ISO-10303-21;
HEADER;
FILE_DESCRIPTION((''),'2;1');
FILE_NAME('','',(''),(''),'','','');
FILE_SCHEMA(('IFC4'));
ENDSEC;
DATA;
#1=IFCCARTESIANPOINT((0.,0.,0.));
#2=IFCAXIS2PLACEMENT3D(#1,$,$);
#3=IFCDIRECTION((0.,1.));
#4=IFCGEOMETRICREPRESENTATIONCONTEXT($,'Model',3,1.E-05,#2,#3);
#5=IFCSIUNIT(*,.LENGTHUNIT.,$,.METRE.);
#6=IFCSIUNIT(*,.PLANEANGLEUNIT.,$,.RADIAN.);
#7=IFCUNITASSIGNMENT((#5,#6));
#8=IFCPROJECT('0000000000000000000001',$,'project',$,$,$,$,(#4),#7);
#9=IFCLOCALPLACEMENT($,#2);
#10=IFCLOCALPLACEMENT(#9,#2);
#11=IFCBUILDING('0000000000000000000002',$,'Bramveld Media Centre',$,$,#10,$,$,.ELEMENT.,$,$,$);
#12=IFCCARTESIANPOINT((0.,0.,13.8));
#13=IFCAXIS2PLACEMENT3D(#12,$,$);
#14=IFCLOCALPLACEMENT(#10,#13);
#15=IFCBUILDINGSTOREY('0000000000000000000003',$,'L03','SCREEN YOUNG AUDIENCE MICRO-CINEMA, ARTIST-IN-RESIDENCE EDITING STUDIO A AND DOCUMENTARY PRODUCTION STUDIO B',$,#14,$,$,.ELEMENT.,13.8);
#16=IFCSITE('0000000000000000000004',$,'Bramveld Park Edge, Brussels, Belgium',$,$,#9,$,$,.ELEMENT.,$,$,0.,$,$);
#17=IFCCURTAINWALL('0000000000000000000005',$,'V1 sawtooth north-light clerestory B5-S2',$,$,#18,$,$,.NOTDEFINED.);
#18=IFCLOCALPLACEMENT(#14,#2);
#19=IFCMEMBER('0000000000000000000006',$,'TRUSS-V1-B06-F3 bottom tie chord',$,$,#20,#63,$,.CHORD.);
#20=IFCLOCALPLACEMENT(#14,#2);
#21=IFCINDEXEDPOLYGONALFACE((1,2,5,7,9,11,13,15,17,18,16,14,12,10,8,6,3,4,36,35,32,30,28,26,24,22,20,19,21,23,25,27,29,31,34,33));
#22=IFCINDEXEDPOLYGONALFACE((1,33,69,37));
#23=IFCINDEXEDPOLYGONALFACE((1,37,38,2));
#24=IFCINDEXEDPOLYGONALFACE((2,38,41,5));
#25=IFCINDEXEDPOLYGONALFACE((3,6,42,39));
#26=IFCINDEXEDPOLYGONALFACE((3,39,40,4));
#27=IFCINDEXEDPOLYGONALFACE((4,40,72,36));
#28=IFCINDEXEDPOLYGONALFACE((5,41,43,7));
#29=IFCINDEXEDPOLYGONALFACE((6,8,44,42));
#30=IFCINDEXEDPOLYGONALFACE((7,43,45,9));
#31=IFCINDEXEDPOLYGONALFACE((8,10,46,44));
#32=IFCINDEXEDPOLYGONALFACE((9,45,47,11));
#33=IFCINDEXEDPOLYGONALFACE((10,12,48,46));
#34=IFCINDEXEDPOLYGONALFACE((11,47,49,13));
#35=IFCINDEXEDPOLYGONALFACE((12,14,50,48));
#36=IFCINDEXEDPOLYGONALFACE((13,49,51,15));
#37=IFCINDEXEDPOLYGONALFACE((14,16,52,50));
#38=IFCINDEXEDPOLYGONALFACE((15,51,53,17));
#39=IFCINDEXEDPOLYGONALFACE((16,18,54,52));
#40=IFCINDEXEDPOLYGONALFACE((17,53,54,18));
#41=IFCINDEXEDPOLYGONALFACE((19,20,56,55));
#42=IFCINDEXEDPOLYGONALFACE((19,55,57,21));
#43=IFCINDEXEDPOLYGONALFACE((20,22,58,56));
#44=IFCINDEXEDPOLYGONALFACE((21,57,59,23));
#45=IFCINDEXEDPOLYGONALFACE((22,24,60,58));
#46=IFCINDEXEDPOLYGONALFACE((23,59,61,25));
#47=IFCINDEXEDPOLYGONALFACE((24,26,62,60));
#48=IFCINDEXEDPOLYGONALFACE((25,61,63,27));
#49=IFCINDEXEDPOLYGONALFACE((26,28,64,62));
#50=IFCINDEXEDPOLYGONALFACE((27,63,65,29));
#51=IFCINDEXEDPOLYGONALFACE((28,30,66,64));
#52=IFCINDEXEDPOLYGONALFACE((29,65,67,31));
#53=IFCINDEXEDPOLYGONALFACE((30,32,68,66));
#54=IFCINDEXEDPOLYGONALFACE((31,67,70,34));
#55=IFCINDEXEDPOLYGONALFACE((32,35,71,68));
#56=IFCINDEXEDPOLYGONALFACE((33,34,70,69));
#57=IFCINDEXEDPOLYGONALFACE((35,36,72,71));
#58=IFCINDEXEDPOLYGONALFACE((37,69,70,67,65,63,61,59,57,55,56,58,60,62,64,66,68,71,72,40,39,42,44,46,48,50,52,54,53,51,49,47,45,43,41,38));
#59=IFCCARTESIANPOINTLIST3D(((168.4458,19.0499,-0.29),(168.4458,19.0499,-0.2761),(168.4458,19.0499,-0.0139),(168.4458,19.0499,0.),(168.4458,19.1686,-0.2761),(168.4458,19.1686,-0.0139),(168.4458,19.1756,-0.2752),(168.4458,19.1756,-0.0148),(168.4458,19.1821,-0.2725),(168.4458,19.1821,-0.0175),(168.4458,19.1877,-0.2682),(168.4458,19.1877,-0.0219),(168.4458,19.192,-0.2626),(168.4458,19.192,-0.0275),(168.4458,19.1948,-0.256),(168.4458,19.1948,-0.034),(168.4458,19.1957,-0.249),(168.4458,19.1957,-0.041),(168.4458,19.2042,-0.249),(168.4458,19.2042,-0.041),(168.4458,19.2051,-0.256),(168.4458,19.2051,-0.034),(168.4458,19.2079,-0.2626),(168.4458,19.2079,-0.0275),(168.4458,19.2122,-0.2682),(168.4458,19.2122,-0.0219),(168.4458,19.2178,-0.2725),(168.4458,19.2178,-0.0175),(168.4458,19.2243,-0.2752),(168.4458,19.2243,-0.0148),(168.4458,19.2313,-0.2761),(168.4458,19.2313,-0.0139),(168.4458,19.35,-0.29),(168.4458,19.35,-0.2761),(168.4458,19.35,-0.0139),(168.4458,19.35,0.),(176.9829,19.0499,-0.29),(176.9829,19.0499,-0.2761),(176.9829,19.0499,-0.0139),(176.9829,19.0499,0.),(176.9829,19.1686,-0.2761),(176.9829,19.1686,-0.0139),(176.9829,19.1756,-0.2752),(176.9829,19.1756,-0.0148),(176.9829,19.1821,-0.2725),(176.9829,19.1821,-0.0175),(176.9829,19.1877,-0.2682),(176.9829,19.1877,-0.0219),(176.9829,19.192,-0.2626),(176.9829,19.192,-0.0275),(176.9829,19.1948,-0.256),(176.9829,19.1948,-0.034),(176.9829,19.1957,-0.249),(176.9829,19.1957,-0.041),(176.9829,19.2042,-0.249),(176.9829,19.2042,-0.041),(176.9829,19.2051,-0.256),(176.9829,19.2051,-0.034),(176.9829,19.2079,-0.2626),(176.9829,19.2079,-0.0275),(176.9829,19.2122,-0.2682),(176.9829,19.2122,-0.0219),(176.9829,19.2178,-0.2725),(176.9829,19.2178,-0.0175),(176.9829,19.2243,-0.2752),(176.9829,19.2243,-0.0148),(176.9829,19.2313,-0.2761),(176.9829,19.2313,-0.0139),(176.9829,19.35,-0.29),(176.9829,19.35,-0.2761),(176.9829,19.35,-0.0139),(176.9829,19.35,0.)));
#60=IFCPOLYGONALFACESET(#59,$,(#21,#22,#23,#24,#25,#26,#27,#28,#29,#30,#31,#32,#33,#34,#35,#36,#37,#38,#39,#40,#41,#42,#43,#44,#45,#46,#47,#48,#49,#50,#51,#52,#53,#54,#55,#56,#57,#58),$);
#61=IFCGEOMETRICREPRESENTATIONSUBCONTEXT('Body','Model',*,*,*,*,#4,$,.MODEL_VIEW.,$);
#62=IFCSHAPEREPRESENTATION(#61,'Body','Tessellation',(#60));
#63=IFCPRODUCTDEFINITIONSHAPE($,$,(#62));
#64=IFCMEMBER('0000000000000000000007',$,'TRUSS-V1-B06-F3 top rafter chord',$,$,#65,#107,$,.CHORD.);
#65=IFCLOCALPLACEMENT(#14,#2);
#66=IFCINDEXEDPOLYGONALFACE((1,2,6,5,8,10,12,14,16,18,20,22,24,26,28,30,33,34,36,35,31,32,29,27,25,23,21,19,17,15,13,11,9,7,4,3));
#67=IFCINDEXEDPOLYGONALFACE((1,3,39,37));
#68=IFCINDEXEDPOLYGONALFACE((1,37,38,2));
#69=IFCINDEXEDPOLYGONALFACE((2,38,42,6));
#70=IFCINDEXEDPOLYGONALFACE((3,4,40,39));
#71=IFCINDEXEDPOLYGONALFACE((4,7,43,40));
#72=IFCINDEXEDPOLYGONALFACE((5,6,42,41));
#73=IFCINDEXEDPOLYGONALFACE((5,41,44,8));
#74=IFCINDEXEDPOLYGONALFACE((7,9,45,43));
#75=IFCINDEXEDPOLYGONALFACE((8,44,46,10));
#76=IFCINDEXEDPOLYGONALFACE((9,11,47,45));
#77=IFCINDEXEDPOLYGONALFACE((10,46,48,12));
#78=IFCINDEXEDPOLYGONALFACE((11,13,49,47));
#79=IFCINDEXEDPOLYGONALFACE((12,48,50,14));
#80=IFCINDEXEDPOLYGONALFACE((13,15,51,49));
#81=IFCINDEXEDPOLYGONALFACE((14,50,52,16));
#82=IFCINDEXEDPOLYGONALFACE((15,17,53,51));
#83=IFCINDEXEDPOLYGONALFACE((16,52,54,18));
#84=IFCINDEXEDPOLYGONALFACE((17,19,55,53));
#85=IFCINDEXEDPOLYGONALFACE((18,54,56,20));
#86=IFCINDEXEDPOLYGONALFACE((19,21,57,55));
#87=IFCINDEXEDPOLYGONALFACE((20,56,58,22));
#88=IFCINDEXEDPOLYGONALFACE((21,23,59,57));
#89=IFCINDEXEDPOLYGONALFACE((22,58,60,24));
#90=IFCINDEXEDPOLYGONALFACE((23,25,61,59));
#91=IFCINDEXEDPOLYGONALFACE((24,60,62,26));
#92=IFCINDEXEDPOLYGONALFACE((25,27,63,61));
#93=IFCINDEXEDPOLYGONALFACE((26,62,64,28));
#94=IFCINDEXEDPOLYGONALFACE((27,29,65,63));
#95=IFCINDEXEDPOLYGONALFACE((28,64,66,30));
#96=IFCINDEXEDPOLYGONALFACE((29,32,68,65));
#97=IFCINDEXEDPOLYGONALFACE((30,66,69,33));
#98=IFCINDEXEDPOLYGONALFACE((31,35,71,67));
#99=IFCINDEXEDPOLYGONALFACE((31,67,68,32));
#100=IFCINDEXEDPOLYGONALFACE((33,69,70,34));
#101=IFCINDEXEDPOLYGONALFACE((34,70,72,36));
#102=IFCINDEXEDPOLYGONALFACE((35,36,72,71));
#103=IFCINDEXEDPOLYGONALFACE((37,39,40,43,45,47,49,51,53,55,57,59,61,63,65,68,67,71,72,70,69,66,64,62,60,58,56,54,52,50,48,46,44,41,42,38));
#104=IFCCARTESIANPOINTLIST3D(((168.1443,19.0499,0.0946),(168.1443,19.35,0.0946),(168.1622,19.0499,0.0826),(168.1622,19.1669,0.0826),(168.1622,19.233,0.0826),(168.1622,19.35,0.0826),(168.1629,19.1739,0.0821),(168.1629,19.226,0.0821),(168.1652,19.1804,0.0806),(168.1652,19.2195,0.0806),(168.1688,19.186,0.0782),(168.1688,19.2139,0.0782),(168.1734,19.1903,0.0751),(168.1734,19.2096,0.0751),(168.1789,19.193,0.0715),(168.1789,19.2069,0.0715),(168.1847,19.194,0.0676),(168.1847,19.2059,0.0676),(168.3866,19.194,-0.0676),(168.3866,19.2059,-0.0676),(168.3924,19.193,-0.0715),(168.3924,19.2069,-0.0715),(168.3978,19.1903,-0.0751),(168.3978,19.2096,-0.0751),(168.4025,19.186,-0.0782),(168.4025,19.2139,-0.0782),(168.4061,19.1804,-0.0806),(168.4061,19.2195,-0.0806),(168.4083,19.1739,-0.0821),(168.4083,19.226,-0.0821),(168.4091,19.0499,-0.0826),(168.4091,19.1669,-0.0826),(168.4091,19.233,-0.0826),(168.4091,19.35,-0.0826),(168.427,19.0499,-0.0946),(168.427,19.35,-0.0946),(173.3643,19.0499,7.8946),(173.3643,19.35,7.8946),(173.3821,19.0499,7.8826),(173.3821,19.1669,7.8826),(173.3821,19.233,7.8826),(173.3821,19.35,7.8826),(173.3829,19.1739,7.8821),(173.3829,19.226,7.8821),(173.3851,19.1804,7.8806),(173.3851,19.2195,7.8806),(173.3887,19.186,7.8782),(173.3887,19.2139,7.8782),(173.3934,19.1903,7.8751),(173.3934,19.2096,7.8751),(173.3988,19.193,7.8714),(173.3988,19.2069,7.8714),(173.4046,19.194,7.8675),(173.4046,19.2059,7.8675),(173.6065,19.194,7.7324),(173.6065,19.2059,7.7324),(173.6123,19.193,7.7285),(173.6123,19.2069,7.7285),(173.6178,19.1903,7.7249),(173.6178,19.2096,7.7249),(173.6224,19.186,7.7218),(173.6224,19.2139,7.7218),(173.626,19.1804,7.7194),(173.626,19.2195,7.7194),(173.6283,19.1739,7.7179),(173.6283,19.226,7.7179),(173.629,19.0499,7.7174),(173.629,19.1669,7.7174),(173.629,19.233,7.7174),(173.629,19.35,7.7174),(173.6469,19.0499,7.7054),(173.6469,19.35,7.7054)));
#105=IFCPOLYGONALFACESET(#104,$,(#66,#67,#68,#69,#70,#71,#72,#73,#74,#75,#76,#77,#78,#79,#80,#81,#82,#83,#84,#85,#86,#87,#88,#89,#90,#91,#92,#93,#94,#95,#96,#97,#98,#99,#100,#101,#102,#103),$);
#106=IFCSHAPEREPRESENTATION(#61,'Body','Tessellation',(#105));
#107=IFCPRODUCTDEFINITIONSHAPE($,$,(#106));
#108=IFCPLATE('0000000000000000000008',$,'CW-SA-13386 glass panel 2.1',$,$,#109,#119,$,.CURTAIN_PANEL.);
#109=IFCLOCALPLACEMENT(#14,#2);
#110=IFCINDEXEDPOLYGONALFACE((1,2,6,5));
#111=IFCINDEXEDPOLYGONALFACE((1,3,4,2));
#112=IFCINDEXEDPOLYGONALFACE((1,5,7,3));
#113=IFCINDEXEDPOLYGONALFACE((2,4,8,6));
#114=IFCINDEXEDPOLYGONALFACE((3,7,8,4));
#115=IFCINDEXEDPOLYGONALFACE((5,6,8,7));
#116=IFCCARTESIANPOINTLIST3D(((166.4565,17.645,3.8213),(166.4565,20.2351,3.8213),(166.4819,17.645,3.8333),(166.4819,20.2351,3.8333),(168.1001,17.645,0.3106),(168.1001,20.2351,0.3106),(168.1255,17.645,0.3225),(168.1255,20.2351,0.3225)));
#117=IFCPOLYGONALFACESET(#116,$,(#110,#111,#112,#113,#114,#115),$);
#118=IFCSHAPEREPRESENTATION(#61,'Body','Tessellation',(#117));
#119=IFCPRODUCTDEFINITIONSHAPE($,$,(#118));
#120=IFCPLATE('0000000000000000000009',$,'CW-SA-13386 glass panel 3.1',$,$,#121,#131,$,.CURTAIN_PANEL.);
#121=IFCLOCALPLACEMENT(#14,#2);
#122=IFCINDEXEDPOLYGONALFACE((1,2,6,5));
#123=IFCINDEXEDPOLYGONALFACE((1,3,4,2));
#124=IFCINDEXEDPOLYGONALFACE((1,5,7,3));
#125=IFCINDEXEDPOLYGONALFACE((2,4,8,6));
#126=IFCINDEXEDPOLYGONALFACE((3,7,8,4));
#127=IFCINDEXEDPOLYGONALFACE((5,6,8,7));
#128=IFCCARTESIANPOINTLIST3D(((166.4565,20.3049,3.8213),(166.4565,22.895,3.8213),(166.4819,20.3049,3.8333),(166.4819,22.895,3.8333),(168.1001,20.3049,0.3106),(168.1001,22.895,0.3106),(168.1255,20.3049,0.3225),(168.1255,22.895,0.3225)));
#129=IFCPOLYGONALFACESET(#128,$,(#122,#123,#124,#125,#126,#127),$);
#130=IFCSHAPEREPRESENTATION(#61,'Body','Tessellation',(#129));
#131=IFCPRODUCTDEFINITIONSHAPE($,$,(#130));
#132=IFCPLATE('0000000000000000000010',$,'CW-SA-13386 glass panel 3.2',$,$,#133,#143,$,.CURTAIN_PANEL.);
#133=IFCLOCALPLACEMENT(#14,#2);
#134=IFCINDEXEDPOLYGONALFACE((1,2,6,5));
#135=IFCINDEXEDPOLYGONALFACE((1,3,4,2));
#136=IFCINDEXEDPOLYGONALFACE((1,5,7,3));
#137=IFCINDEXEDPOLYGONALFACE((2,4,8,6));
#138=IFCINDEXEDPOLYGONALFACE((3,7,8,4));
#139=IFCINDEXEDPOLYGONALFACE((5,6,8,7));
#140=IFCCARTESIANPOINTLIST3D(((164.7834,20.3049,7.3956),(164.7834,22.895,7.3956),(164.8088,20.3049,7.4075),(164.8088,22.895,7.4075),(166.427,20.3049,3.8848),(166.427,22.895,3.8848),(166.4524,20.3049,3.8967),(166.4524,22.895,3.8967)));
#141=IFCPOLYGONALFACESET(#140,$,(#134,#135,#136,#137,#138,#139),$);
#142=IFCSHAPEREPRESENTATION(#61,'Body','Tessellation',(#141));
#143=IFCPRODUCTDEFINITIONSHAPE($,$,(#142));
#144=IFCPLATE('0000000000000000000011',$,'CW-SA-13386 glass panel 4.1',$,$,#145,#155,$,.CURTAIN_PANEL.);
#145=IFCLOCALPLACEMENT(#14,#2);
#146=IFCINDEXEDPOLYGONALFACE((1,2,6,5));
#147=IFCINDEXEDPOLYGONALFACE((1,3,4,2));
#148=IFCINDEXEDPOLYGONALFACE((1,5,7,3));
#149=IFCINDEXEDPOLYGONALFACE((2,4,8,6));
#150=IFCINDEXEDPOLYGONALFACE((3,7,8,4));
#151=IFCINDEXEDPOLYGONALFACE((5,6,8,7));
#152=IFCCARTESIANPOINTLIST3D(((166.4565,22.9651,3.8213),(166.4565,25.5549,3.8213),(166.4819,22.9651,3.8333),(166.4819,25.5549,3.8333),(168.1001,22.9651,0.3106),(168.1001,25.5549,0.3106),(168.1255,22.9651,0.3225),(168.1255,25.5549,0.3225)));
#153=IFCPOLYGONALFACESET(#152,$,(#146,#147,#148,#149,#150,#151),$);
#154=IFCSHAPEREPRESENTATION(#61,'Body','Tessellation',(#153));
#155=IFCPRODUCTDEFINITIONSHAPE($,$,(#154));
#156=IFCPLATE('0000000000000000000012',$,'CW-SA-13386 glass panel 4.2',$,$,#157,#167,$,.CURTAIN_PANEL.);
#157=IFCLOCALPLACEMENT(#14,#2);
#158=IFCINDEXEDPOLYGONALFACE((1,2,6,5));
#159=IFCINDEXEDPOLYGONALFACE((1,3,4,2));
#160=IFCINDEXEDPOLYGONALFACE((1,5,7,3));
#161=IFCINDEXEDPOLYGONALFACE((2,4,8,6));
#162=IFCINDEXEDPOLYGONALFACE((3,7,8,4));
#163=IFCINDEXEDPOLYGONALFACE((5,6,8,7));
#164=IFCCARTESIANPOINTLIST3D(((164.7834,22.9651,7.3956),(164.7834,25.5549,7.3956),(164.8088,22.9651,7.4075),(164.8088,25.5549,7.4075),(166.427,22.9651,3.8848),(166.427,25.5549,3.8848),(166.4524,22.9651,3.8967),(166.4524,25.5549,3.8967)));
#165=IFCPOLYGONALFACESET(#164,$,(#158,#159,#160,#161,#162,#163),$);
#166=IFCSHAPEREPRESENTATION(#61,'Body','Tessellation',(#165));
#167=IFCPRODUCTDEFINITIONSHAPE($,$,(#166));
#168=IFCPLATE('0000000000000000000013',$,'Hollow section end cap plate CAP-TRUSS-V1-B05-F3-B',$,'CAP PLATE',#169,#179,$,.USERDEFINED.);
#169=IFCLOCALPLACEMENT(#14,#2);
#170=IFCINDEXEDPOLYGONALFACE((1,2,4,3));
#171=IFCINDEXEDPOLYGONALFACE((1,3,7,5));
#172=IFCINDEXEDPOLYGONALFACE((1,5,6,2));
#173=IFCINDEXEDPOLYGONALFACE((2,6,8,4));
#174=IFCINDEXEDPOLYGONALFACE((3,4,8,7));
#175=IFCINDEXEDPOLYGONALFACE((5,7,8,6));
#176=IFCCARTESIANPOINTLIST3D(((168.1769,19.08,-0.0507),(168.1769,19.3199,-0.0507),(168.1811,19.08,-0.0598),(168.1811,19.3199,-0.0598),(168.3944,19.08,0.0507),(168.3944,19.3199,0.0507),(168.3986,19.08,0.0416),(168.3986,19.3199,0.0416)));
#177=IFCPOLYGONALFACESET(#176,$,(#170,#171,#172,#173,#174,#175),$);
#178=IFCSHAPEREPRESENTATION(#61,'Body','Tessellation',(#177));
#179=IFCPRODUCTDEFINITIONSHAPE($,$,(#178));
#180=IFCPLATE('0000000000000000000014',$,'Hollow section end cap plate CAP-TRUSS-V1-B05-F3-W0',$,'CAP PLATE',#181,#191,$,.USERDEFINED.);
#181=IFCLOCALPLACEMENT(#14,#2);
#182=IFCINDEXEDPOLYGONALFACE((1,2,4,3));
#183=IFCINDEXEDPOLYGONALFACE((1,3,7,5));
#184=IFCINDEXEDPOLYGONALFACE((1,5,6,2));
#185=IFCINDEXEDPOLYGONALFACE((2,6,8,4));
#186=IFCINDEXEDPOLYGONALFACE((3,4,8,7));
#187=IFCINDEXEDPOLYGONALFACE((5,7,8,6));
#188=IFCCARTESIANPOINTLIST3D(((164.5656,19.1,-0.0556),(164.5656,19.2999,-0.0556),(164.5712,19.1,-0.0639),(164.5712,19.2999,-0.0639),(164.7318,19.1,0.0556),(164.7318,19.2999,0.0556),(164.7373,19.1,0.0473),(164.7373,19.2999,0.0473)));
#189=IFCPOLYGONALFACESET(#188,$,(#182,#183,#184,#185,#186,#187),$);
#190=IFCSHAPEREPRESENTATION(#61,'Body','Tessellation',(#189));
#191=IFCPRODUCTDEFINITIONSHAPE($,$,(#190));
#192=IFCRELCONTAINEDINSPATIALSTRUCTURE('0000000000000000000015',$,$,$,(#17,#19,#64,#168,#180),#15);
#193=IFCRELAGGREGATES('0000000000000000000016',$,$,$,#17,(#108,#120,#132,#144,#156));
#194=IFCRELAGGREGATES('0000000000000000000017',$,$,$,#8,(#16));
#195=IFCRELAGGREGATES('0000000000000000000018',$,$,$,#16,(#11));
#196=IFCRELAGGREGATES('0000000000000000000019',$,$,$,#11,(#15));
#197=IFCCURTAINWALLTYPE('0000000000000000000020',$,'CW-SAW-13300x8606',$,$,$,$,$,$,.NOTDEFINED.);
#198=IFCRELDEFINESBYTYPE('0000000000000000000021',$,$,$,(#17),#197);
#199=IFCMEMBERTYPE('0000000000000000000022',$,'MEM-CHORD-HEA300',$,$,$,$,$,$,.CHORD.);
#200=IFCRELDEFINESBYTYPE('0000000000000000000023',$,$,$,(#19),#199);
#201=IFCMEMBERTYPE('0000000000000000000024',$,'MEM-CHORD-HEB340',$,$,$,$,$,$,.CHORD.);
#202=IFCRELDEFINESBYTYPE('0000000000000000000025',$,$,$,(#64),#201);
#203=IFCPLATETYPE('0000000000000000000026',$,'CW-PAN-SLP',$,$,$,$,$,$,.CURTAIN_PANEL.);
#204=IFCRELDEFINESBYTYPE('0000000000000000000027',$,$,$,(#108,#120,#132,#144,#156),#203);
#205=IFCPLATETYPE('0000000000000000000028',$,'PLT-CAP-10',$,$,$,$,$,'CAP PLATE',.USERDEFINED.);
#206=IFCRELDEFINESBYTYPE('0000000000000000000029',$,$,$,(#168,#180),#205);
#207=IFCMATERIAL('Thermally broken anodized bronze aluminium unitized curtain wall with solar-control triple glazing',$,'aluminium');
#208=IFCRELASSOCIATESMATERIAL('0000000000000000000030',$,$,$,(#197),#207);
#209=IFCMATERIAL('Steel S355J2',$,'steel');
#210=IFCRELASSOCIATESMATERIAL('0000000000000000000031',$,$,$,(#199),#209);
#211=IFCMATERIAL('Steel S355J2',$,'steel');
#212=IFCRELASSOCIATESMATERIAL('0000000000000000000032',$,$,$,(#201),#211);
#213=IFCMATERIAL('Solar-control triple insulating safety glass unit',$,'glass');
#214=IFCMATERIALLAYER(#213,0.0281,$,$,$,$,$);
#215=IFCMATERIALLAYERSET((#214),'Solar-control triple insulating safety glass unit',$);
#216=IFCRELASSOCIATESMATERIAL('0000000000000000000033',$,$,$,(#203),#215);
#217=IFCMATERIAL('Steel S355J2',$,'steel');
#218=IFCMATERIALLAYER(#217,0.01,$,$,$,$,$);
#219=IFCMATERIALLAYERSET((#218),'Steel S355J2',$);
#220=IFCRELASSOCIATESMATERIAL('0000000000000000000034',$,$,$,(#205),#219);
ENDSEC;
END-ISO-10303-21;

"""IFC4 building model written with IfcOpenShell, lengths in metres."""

from ifc_helpers import new_model, si_unit, direction, frame, origin, origin_2d, place, context, subcontext, project, spatial, polyline, rectangle, i_section, outline, extrude, material, layer, layer_set, material_profile, profile_set, type_object, element, aggregate, save


model = new_model("IFC4")

# Units and contexts
model_context = context("Model", 3, precision=1e-05, world=origin(), true_north=direction((0.0, 1.0)))
body_context = subcontext(model_context, "Body", "Model", "MODEL_VIEW")
ifc_project = project(units=[si_unit("LENGTHUNIT", "METRE"), si_unit("PLANEANGLEUNIT", "RADIAN")], contexts=[model_context])

# Site, building, storey
site_placement = place(None, origin())
site = spatial("IfcSite", under=ifc_project, at=site_placement, Name="Bramveld Park Edge, Brussels, Belgium", CompositionType="ELEMENT", RefElevation=0.0)
building_placement = place(site_placement, origin())
building = spatial("IfcBuilding", under=site, at=building_placement, Name="Bramveld Media Centre", CompositionType="ELEMENT")
storey_placement = place(building_placement, frame((0.0, 0.0, 13.8)))
storey = spatial("IfcBuildingStorey", under=building, at=storey_placement, Name="L03", Description="SCREEN YOUNG AUDIENCE MICRO-CINEMA, ARTIST-IN-RESIDENCE EDITING STUDIO A AND DOCUMENTARY PRODUCTION STUDIO B", CompositionType="ELEMENT", Elevation=13.8)

# Curtain wall
ifc_material_1 = material(Name="Thermally broken anodized bronze aluminium unitized curtain wall with solar-control triple glazing", Category="aluminium")
curtain_wall_type = type_object("IfcCurtainWallType", Name="CW-SAW-13300x8606", PredefinedType="NOTDEFINED", material=ifc_material_1)
curtain_wall_placement = place(storey_placement, origin())
curtain_wall = element("IfcCurtainWall", 1, at=curtain_wall_placement, inside=storey, type_object=curtain_wall_type, Name="V1 sawtooth north-light clerestory B5-S2", PredefinedType="NOTDEFINED")

# Members
ifc_material_2 = material(Name="Steel S355J2", Category="steel")
ifc_material_profile_1 = material_profile(ifc_material_2, i_section(OverallWidth=0.3, OverallDepth=0.29, WebThickness=0.0085, FlangeThickness=0.0139, FilletRadius=0.0271, at=origin_2d()), Name="HEA 300")
ifc_profile_set_1 = profile_set([ifc_material_profile_1], Name="Steel S355J2")
member_type_1 = type_object("IfcMemberType", Name="MEM-CHORD-HEA300", PredefinedType="CHORD", material=ifc_profile_set_1)
member_1_placement = place(storey_placement, frame((168.4458, 19.2, -0.145), z_axis=(1.0, 0.0, 0.0), x_axis=(0.0, 1.0, 0.0)))
element("IfcMember", 2, at=member_1_placement, inside=storey, type_object=member_type_1, Name="TRUSS-V1-B06-F3 bottom tie chord", PredefinedType="CHORD", context=body_context, shape_type="SweptSolid", body=[
    extrude(i_section(OverallWidth=0.3, OverallDepth=0.29, WebThickness=0.0085, FlangeThickness=0.0139, FilletRadius=0.0271, at=origin_2d()), origin(), (0.0, 0.0, 1.0), 8.5371),
])
ifc_material_3 = material(Name="Steel S355J2", Category="steel")
ifc_material_profile_2 = material_profile(ifc_material_3, i_section(OverallWidth=0.3, OverallDepth=0.3401, WebThickness=0.012, FlangeThickness=0.0215, FilletRadius=0.0271, at=origin_2d()), Name="HEB 340")
ifc_profile_set_2 = profile_set([ifc_material_profile_2], Name="Steel S355J2")
member_type_2 = type_object("IfcMemberType", Name="MEM-CHORD-HEB340", PredefinedType="CHORD", material=ifc_profile_set_2)
member_2_placement = place(storey_placement, frame((168.2856, 19.2, 0.0), z_axis=(0.55617, 0.0, 0.831069), x_axis=(0.0, 1.0, 0.0)))
element("IfcMember", 3, at=member_2_placement, inside=storey, type_object=member_type_2, Name="TRUSS-V1-B06-F3 top rafter chord", PredefinedType="CHORD", context=body_context, shape_type="SweptSolid", body=[
    extrude(i_section(OverallWidth=0.3, OverallDepth=0.3401, WebThickness=0.012, FlangeThickness=0.0215, FilletRadius=0.0271, at=origin_2d()), origin(), (0.0, 0.0, 1.0), 9.3855),
])

# Plates
ifc_material_4 = material(Name="Solar-control triple insulating safety glass unit", Category="glass")
ifc_layer_1 = layer(ifc_material_4, 0.0281)
ifc_layer_set_1 = layer_set([ifc_layer_1], Name="Solar-control triple insulating safety glass unit")
plate_type_1 = type_object("IfcPlateType", Name="CW-PAN-SLP", PredefinedType="CURTAIN_PANEL", material=ifc_layer_set_1)
plate_1_placement = place(storey_placement, frame((168.1255, 17.645, 0.3225), z_axis=(0.905668, 0.0, 0.423988), x_axis=(0.0, 1.0, 0.0)))
plate_1 = element("IfcPlate", 4, at=plate_1_placement, type_object=plate_type_1, Name="CW-SA-13386 glass panel 2.1", PredefinedType="CURTAIN_PANEL", context=body_context, shape_type="SweptSolid", body=[
    extrude(outline(polyline([(0.0, 0.0), (2.5901, 0.0), (2.5901, 3.8764), (0.0, 3.8764), (0.0, 0.0)])), origin(), (0.0, 0.0, -1.0), 0.0281),
])
plate_2_placement = place(storey_placement, frame((168.1255, 20.3049, 0.3225), z_axis=(0.905668, 0.0, 0.423988), x_axis=(0.0, 1.0, 0.0)))
plate_2 = element("IfcPlate", 5, at=plate_2_placement, type_object=plate_type_1, Name="CW-SA-13386 glass panel 3.1", PredefinedType="CURTAIN_PANEL", context=body_context, shape_type="SweptSolid", body=[
    extrude(outline(polyline([(0.0, 0.0), (2.5901, 0.0), (2.5901, 3.8764), (0.0, 3.8764), (0.0, 0.0)])), origin(), (0.0, 0.0, -1.0), 0.0281),
])
plate_3_placement = place(storey_placement, frame((166.4524, 20.3049, 3.8967), z_axis=(0.905668, 0.0, 0.423988), x_axis=(0.0, 1.0, 0.0)))
plate_3 = element("IfcPlate", 6, at=plate_3_placement, type_object=plate_type_1, Name="CW-SA-13386 glass panel 3.2", PredefinedType="CURTAIN_PANEL", context=body_context, shape_type="SweptSolid", body=[
    extrude(outline(polyline([(0.0, 0.0), (2.5901, 0.0), (2.5901, 3.8764), (0.0, 3.8764), (0.0, 0.0)])), origin(), (0.0, 0.0, -1.0), 0.0281),
])
plate_4_placement = place(storey_placement, frame((168.1255, 22.9651, 0.3225), z_axis=(0.905668, 0.0, 0.423988), x_axis=(0.0, 1.0, 0.0)))
plate_4 = element("IfcPlate", 7, at=plate_4_placement, type_object=plate_type_1, Name="CW-SA-13386 glass panel 4.1", PredefinedType="CURTAIN_PANEL", context=body_context, shape_type="SweptSolid", body=[
    extrude(outline(polyline([(0.0, 0.0), (2.5898, 0.0), (2.5898, 3.8764), (0.0, 3.8764), (0.0, 0.0)])), origin(), (0.0, 0.0, -1.0), 0.0281),
])
plate_5_placement = place(storey_placement, frame((166.4524, 22.9651, 3.8967), z_axis=(0.905668, 0.0, 0.423988), x_axis=(0.0, 1.0, 0.0)))
plate_5 = element("IfcPlate", 8, at=plate_5_placement, type_object=plate_type_1, Name="CW-SA-13386 glass panel 4.2", PredefinedType="CURTAIN_PANEL", context=body_context, shape_type="SweptSolid", body=[
    extrude(outline(polyline([(0.0, 0.0), (2.5898, 0.0), (2.5898, 3.8764), (0.0, 3.8764), (0.0, 0.0)])), origin(), (0.0, 0.0, -1.0), 0.0281),
])
aggregate(curtain_wall, [plate_1, plate_2, plate_3, plate_4, plate_5])

# Plates
ifc_material_5 = material(Name="Steel S355J2", Category="steel")
ifc_layer_2 = layer(ifc_material_5, 0.01)
ifc_layer_set_2 = layer_set([ifc_layer_2], Name="Steel S355J2")
plate_type_2 = type_object("IfcPlateType", Name="PLT-CAP-10", ElementType="CAP PLATE", PredefinedType="USERDEFINED", material=ifc_layer_set_2)
plate_6_placement = place(storey_placement, frame((168.2856, 19.2, 0.0), z_axis=(0.422618, 0.0, -0.906308), x_axis=(0.0, 1.0, 0.0)))
element("IfcPlate", 9, at=plate_6_placement, inside=storey, type_object=plate_type_2, Name="Hollow section end cap plate CAP-TRUSS-V1-B05-F3-B", ObjectType="CAP PLATE", PredefinedType="USERDEFINED", context=body_context, shape_type="SweptSolid", body=[
    extrude(rectangle(XDim=0.24, YDim=0.24, at=origin_2d()), origin(), (0.0, 0.0, 1.0), 0.01),
])
for number, where, z_axis, x_axis, name in (
    (10, (164.6487, 19.2, 0.0), (0.556175, 0.0, -0.831065), (0.0, 1.0, 0.0), "Hollow section end cap plate CAP-TRUSS-V1-B05-F3-W0"),
):
    element("IfcPlate", number, at=place(storey_placement, frame(where, z_axis=z_axis, x_axis=x_axis)), inside=storey, type_object=plate_type_2, Name=name, ObjectType="CAP PLATE", PredefinedType="USERDEFINED", context=body_context, shape_type="SweptSolid", body=[
        extrude(rectangle(XDim=0.2, YDim=0.2, at=origin_2d()), origin(), (0.0, 0.0, 1.0), 0.01),
    ])

save(model, "model.ifc")
